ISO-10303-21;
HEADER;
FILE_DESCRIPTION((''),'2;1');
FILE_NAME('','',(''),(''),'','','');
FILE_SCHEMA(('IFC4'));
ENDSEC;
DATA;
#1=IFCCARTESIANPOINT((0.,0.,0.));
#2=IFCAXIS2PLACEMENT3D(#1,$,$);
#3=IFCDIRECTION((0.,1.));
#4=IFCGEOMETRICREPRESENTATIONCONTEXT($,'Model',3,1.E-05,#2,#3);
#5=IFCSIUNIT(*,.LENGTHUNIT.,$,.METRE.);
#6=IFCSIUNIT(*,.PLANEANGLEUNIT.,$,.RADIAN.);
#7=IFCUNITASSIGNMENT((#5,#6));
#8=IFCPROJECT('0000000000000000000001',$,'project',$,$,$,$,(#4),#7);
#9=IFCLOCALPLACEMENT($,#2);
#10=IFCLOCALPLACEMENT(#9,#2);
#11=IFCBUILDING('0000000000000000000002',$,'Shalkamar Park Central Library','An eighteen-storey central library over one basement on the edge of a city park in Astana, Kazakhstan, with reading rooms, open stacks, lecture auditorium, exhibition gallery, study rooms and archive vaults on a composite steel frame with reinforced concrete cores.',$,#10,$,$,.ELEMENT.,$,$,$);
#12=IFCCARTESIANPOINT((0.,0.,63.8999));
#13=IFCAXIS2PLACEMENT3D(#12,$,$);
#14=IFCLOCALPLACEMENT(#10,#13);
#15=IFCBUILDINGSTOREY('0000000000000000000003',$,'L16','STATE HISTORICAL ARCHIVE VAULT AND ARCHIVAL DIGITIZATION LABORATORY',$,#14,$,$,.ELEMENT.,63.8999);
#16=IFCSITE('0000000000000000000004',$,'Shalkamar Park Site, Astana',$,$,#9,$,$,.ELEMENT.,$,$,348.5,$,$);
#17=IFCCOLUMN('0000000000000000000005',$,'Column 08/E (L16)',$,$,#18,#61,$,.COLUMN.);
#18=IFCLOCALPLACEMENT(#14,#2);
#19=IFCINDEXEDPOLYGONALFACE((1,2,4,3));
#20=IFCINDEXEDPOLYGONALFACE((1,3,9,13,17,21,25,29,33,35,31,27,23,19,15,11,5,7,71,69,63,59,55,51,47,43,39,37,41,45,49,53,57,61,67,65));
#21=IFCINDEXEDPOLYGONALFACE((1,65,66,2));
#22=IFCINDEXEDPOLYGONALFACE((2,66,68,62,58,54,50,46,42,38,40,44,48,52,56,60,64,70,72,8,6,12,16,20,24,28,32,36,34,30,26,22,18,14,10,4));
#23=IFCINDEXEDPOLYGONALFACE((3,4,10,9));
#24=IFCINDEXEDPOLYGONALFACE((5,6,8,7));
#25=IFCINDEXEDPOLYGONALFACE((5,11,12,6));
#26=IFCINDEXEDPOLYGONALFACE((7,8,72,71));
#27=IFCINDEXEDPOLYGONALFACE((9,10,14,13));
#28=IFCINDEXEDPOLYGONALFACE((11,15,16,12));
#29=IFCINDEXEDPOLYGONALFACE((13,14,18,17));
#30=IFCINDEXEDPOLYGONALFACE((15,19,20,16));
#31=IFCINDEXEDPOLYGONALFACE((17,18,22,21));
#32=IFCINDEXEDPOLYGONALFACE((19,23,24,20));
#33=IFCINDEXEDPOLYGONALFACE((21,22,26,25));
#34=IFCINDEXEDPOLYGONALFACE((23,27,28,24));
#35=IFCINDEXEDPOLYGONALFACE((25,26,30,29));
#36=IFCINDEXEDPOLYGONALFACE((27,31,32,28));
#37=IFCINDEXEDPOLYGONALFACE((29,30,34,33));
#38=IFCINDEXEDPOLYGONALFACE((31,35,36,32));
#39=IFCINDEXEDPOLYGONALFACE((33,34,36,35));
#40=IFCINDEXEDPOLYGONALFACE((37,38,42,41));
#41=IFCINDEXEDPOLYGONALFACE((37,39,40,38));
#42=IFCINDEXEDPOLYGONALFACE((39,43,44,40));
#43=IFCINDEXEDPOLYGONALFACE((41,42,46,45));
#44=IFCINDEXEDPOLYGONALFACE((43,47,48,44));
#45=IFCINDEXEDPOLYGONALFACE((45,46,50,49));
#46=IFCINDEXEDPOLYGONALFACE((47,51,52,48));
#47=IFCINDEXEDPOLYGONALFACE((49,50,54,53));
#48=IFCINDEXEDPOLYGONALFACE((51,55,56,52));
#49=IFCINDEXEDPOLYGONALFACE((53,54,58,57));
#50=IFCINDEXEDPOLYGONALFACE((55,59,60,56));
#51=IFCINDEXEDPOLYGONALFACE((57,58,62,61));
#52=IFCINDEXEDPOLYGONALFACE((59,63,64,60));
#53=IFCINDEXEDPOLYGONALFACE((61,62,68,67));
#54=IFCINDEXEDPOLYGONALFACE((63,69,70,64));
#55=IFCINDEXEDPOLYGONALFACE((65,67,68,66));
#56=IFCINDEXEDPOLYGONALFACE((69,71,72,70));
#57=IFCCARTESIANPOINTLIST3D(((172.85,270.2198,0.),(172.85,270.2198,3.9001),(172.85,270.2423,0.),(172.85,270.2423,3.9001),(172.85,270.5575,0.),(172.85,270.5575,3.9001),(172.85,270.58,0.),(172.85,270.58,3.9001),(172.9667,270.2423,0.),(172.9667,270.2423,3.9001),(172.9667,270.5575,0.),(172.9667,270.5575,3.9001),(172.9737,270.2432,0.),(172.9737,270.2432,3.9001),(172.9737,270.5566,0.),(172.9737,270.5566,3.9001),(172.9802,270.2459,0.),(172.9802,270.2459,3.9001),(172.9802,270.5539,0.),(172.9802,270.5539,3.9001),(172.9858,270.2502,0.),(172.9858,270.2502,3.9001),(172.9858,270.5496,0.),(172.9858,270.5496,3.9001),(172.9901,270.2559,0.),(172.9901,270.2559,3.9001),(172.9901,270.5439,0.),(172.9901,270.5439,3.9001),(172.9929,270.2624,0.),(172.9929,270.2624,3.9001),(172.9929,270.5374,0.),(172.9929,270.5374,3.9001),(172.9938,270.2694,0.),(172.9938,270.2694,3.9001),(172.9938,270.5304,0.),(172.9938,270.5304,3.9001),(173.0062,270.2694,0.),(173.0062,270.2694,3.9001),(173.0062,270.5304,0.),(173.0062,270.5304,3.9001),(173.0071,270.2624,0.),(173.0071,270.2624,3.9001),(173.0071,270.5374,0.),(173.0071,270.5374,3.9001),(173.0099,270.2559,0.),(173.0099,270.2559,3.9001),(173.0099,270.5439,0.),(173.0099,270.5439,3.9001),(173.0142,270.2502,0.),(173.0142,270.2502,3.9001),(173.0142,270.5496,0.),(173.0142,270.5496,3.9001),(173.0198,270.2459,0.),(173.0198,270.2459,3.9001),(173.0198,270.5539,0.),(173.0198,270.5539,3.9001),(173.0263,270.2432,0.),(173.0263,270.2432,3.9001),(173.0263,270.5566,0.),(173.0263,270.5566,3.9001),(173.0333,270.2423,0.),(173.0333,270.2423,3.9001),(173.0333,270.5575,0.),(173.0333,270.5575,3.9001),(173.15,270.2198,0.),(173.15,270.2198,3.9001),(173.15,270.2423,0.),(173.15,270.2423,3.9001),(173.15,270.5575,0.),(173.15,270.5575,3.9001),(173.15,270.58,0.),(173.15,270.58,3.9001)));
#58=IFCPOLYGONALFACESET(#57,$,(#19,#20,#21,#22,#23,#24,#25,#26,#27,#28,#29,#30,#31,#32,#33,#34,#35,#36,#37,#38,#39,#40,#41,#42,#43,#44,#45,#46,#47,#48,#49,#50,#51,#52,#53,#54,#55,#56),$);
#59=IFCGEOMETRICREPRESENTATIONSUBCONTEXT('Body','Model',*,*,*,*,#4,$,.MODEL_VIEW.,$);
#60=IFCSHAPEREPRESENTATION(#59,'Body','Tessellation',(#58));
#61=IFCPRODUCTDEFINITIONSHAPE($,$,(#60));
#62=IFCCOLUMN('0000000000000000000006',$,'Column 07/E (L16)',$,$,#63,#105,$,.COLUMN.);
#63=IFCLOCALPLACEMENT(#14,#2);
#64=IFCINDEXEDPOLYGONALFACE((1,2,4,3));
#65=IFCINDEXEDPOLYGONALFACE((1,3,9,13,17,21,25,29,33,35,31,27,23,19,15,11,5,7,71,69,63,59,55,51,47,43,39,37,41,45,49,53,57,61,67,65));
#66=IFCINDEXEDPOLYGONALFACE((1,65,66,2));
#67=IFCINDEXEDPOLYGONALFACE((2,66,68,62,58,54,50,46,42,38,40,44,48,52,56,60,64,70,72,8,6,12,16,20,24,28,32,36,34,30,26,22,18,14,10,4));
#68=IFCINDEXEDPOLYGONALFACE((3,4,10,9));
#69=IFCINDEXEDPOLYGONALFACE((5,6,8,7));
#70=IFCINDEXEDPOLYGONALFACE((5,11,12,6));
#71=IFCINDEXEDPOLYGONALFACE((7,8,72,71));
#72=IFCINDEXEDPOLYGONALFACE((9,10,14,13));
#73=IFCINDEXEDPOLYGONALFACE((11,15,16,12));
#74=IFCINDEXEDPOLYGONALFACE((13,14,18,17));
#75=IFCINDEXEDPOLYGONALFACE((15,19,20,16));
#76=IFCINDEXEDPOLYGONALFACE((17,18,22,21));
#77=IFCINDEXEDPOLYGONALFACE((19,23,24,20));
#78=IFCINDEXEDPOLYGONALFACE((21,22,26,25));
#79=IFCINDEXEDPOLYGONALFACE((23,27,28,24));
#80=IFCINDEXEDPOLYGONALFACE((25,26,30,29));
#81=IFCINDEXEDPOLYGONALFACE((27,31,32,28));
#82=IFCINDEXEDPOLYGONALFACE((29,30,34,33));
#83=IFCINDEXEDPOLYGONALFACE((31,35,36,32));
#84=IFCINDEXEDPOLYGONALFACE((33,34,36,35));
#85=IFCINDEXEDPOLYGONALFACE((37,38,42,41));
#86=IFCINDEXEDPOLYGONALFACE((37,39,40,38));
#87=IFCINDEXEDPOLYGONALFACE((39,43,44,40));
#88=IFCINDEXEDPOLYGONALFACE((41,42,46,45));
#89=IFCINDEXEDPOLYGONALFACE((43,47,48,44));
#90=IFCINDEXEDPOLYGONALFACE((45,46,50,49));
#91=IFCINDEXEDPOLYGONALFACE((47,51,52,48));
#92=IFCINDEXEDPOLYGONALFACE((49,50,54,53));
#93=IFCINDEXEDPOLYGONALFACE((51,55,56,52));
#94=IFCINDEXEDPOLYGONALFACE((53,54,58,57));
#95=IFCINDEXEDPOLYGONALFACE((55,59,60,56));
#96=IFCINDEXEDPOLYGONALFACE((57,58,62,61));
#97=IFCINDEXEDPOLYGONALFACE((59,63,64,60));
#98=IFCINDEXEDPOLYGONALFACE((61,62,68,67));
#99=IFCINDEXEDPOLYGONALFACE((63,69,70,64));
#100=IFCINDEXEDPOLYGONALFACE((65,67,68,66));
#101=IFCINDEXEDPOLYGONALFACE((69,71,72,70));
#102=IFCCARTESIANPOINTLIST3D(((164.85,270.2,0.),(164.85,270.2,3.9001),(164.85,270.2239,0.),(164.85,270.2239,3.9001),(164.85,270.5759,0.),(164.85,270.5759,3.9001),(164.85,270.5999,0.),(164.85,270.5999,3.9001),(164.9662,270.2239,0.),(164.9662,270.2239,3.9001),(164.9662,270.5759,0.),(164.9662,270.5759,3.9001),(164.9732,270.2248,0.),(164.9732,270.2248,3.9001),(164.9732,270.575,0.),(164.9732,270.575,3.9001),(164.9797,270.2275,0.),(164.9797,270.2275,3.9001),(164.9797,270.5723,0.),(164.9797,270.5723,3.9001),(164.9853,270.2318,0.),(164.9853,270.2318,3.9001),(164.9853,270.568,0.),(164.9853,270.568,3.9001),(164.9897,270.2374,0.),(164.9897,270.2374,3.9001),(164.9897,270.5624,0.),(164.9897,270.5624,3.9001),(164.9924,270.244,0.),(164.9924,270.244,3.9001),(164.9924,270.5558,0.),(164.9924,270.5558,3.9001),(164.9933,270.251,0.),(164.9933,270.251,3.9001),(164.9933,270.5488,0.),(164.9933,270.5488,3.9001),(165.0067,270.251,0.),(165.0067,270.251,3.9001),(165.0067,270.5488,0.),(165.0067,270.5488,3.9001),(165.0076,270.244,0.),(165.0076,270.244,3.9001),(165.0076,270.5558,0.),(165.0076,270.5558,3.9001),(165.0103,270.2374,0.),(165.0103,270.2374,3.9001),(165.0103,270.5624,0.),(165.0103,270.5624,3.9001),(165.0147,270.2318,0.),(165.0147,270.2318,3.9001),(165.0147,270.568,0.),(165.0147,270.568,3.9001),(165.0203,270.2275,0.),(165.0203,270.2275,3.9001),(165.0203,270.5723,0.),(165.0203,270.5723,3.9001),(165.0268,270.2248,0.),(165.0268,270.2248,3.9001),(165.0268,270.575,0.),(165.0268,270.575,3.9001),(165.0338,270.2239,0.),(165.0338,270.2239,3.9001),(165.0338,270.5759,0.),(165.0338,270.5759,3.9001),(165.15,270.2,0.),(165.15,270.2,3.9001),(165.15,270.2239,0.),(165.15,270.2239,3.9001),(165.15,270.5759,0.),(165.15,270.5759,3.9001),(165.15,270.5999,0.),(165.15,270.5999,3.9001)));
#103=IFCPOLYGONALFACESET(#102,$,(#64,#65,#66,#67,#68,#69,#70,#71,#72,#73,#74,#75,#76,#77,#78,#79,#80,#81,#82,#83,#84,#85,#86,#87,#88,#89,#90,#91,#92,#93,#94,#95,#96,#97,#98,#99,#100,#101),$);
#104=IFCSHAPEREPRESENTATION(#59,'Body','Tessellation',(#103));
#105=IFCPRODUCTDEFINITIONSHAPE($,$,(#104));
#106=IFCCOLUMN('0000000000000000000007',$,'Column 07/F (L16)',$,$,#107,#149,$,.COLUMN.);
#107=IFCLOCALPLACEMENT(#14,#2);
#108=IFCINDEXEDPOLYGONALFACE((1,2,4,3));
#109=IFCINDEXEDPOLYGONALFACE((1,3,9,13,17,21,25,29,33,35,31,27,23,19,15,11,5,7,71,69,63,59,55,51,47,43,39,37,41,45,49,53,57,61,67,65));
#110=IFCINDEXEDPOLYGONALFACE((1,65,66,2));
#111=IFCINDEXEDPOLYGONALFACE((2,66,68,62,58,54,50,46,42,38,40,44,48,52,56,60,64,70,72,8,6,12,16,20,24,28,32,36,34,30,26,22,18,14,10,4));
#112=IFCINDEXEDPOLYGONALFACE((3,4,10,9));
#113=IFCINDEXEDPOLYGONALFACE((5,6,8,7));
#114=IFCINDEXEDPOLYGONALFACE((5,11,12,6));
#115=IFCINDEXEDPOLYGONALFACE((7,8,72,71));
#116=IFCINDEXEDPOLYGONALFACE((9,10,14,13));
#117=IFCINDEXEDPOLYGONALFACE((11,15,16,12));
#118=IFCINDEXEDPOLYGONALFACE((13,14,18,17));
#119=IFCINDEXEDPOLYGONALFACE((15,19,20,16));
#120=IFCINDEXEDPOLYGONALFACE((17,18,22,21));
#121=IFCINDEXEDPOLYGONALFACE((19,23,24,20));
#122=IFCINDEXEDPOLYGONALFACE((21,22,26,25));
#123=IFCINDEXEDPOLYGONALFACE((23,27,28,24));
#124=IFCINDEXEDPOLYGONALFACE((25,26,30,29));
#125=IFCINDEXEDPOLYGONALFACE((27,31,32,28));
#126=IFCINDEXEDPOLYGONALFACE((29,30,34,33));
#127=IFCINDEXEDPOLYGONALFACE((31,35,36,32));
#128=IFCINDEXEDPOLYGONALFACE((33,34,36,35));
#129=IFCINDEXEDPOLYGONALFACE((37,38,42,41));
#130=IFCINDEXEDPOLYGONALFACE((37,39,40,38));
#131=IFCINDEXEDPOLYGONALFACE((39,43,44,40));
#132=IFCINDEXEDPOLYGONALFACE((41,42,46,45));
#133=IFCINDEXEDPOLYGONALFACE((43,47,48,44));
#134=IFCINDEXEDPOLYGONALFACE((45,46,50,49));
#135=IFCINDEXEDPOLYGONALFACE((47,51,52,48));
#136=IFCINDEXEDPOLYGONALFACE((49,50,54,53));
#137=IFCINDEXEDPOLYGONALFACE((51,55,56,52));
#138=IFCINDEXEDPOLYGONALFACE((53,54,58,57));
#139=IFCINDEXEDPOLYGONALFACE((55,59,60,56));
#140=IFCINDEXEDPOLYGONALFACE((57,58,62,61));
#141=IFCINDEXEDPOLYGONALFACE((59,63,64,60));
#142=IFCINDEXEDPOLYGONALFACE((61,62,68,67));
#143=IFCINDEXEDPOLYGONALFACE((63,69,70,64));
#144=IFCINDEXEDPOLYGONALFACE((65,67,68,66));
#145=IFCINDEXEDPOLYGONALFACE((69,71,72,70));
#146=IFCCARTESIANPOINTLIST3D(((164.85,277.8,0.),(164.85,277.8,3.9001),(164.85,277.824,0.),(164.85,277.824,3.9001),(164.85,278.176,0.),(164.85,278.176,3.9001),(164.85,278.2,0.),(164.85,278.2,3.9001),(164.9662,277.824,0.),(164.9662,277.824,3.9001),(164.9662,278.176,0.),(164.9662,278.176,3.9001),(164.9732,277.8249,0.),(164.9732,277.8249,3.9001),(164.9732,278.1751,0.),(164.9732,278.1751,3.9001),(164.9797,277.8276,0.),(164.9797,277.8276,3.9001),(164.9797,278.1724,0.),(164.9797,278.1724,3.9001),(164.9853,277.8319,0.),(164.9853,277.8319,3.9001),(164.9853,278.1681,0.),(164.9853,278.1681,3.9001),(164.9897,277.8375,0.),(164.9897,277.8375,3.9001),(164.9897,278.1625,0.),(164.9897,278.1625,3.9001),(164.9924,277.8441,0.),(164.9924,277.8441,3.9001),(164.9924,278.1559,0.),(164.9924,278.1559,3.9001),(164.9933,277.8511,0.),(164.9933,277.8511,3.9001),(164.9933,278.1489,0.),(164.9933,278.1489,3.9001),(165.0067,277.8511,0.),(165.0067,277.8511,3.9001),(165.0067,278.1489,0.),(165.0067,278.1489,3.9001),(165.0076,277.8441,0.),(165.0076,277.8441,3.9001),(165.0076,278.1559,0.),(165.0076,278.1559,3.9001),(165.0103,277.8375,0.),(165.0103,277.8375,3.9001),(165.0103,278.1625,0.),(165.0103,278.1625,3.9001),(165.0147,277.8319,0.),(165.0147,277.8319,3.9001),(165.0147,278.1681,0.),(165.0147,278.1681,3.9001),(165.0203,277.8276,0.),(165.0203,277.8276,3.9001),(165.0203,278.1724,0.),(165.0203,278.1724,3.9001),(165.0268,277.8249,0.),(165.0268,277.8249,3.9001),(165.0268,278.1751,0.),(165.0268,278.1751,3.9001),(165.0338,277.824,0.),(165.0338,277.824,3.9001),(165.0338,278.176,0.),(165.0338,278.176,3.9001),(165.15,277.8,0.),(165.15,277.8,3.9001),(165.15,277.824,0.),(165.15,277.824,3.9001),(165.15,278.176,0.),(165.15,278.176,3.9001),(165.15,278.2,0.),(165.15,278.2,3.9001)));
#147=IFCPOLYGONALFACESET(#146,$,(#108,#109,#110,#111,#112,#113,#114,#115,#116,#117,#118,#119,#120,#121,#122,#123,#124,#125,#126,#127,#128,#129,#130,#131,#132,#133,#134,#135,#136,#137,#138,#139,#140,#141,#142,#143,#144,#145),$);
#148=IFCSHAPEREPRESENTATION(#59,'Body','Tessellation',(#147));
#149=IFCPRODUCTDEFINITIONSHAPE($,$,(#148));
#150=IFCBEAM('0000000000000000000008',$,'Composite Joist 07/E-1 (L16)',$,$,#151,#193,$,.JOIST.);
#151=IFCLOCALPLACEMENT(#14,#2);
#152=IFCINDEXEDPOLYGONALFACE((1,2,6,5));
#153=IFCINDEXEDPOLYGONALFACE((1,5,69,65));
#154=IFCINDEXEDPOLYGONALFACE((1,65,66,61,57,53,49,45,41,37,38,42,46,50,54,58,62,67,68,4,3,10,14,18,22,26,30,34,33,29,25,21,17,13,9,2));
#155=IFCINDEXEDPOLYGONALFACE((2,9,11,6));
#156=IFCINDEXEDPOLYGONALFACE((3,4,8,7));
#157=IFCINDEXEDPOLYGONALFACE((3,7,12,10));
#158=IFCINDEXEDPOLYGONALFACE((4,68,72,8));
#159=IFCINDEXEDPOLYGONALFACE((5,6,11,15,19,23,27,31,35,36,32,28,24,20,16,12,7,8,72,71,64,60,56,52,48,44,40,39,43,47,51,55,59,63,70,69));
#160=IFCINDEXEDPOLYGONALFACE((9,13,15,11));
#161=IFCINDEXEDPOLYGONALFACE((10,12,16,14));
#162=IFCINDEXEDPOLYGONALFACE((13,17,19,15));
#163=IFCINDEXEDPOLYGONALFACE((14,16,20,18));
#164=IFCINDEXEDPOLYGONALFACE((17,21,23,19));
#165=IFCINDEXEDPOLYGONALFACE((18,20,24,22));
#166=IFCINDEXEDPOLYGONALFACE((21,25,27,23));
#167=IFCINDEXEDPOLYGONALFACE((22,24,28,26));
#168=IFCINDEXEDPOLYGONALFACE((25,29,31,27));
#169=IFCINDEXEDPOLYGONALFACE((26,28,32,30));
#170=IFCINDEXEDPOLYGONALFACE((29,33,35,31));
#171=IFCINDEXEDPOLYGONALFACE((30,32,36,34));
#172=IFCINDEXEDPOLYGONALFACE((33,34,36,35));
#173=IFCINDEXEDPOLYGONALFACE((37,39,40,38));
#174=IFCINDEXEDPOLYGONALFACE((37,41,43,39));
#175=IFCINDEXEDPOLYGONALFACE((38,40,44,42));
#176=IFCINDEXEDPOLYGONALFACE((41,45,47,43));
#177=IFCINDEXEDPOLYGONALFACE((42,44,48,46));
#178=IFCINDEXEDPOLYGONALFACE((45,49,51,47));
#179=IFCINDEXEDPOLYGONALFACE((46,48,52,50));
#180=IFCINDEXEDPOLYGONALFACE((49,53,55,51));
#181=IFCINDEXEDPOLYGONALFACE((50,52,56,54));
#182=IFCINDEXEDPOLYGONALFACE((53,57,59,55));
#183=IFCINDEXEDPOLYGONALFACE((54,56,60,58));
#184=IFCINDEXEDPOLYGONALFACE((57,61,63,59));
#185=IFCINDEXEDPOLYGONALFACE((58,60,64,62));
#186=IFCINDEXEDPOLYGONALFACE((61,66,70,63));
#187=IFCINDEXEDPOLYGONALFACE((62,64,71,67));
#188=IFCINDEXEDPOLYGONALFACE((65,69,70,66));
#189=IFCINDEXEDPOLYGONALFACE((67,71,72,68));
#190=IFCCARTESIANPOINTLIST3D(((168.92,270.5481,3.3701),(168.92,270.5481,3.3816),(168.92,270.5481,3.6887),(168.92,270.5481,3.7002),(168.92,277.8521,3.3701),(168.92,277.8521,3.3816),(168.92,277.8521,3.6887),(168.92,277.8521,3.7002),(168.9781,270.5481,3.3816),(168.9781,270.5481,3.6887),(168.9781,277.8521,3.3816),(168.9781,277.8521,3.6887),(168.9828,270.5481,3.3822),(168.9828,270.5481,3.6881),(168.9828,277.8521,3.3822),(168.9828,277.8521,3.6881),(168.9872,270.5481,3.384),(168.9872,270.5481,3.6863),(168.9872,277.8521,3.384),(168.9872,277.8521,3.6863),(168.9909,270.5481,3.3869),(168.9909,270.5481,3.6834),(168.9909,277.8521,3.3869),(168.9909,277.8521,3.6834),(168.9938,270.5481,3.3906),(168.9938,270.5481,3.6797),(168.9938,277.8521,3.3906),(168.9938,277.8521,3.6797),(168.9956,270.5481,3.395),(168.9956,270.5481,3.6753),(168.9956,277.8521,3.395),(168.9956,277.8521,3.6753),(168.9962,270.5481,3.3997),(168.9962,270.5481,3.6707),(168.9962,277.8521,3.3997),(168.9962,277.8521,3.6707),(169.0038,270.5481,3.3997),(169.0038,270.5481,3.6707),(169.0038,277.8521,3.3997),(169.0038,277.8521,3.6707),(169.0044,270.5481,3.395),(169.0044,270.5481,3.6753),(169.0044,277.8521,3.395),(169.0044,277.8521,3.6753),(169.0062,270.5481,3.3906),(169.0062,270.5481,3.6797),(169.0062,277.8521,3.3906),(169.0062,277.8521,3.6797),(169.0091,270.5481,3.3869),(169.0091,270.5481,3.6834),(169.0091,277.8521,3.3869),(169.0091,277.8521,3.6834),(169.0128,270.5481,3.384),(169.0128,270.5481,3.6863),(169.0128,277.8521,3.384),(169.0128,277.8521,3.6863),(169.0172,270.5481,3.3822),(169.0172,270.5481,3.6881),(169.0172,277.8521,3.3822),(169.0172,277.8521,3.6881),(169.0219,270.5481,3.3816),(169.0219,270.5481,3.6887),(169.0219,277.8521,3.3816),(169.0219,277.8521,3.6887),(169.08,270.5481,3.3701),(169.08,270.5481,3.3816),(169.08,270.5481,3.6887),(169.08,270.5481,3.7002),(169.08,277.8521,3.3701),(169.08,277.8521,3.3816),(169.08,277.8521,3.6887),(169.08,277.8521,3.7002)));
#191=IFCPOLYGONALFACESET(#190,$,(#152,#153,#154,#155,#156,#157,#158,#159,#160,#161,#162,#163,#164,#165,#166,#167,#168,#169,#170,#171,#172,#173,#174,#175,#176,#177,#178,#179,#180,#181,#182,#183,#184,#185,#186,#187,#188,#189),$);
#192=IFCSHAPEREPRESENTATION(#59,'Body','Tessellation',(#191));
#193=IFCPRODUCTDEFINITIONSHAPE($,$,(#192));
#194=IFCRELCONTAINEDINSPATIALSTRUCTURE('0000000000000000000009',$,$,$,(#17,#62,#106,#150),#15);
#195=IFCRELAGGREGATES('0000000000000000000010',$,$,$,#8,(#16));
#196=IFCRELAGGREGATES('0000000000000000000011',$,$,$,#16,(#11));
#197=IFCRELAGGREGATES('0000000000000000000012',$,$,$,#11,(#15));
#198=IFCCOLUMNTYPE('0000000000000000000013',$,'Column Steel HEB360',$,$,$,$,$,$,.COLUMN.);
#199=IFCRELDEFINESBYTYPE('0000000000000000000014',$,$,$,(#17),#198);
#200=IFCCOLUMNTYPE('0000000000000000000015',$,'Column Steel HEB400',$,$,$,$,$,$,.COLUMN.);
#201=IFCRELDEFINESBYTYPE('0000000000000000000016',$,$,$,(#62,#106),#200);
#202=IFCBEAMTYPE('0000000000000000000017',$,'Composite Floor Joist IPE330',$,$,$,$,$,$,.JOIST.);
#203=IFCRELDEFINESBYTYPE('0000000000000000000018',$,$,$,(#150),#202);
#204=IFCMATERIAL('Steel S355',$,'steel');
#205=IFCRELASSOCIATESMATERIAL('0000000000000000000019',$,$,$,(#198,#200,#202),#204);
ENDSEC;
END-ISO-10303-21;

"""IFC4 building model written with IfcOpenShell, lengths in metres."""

from ifc_helpers import new_model, si_unit, direction, frame, origin, origin_2d, place, context, subcontext, project, spatial, i_section, extrude, material, material_profile, profile_set, type_object, element, save


model = new_model("IFC4")

# Units and contexts
model_context = context("Model", 3, precision=1e-05, world=origin(), true_north=direction((0.0, 1.0)))
body_context = subcontext(model_context, "Body", "Model", "MODEL_VIEW")
ifc_project = project(units=[si_unit("LENGTHUNIT", "METRE"), si_unit("PLANEANGLEUNIT", "RADIAN")], contexts=[model_context])

# Site, building, storey
site_placement = place(None, origin())
site = spatial("IfcSite", under=ifc_project, at=site_placement, Name="Shalkamar Park Site, Astana", CompositionType="ELEMENT", RefElevation=348.5)
building_placement = place(site_placement, origin())
building = spatial("IfcBuilding", under=site, at=building_placement, Name="Shalkamar Park Central Library", Description="An eighteen-storey central library over one basement on the edge of a city park in Astana, Kazakhstan, with reading rooms, open stacks, lecture auditorium, exhibition gallery, study rooms and archive vaults on a composite steel frame with reinforced concrete cores.", CompositionType="ELEMENT")
storey_placement = place(building_placement, frame((0.0, 0.0, 63.8999)))
storey = spatial("IfcBuildingStorey", under=building, at=storey_placement, Name="L16", Description="STATE HISTORICAL ARCHIVE VAULT AND ARCHIVAL DIGITIZATION LABORATORY", CompositionType="ELEMENT", Elevation=63.8999)

# Columns
ifc_material_1 = material(Name="Steel S355", Category="steel")
ifc_material_profile_1 = material_profile(ifc_material_1, i_section(OverallWidth=0.3, OverallDepth=0.3601, WebThickness=0.0125, FlangeThickness=0.0225, FilletRadius=0.0271, at=origin_2d()), Name="HEB 360")
ifc_profile_set_1 = profile_set([ifc_material_profile_1], Name="Steel S355")
column_type_1 = type_object("IfcColumnType", Name="Column Steel HEB360", PredefinedType="COLUMN", material=ifc_profile_set_1)
column_placement = place(storey_placement, frame((173.0, 270.3999, 0.0), z_axis=(0.0, 0.0, 1.0), x_axis=(1.0, 0.0, 0.0)))
element("IfcColumn", 1, at=column_placement, inside=storey, type_object=column_type_1, Name="Column 08/E (L16)", PredefinedType="COLUMN", context=body_context, shape_type="SweptSolid", body=[
    extrude(i_section(OverallWidth=0.3, OverallDepth=0.3601, WebThickness=0.0125, FlangeThickness=0.0225, FilletRadius=0.0271, at=origin_2d()), origin(), (0.0, 0.0, 1.0), 3.9001),
])
ifc_material_profile_2 = material_profile(ifc_material_1, i_section(OverallWidth=0.3, OverallDepth=0.3999, WebThickness=0.0134, FlangeThickness=0.0239, FilletRadius=0.0271, at=origin_2d()), Name="HEB 400")
ifc_profile_set_2 = profile_set([ifc_material_profile_2], Name="Steel S355")
column_type_2 = type_object("IfcColumnType", Name="Column Steel HEB400", PredefinedType="COLUMN", material=ifc_profile_set_2)
for number, where, z_axis, x_axis, name in (
    (2, (165.0, 270.3999, 0.0), (0.0, 0.0, 1.0), (1.0, 0.0, 0.0), "Column 07/E (L16)"),
    (3, (165.0, 278.0, 0.0), (0.0, 0.0, 1.0), (1.0, 0.0, 0.0), "Column 07/F (L16)"),
):
    element("IfcColumn", number, at=place(storey_placement, frame(where, z_axis=z_axis, x_axis=x_axis)), inside=storey, type_object=column_type_2, Name=name, PredefinedType="COLUMN", context=body_context, shape_type="SweptSolid", body=[
        extrude(i_section(OverallWidth=0.3, OverallDepth=0.3999, WebThickness=0.0134, FlangeThickness=0.0239, FilletRadius=0.0271, at=origin_2d()), origin(), (0.0, 0.0, 1.0), 3.9001),
    ])

# Beam
ifc_material_profile_3 = material_profile(ifc_material_1, i_section(OverallWidth=0.1599, OverallDepth=0.3301, WebThickness=0.0076, FlangeThickness=0.0115, FilletRadius=0.0181, at=origin_2d()), Name="IPE 330")
ifc_profile_set_3 = profile_set([ifc_material_profile_3], Name="Steel S355")
beam_type_1 = type_object("IfcBeamType", Name="Composite Floor Joist IPE330", PredefinedType="JOIST", material=ifc_profile_set_3)
for number, where, z_axis, x_axis, name in (
    (4, (169.0, 270.5481, 3.5352), (0.0, 1.0, 0.0), (-1.0, 0.0, 0.0), "Composite Joist 07/E-1 (L16)"),
):
    element("IfcBeam", number, at=place(storey_placement, frame(where, z_axis=z_axis, x_axis=x_axis)), inside=storey, type_object=beam_type_1, Name=name, PredefinedType="JOIST", context=body_context, shape_type="SweptSolid", body=[
        extrude(i_section(OverallWidth=0.1599, OverallDepth=0.3301, WebThickness=0.0076, FlangeThickness=0.0115, FilletRadius=0.0181, at=origin_2d()), origin(), (0.0, 0.0, 1.0), 7.304),
    ])

save(model, "model.ifc")
